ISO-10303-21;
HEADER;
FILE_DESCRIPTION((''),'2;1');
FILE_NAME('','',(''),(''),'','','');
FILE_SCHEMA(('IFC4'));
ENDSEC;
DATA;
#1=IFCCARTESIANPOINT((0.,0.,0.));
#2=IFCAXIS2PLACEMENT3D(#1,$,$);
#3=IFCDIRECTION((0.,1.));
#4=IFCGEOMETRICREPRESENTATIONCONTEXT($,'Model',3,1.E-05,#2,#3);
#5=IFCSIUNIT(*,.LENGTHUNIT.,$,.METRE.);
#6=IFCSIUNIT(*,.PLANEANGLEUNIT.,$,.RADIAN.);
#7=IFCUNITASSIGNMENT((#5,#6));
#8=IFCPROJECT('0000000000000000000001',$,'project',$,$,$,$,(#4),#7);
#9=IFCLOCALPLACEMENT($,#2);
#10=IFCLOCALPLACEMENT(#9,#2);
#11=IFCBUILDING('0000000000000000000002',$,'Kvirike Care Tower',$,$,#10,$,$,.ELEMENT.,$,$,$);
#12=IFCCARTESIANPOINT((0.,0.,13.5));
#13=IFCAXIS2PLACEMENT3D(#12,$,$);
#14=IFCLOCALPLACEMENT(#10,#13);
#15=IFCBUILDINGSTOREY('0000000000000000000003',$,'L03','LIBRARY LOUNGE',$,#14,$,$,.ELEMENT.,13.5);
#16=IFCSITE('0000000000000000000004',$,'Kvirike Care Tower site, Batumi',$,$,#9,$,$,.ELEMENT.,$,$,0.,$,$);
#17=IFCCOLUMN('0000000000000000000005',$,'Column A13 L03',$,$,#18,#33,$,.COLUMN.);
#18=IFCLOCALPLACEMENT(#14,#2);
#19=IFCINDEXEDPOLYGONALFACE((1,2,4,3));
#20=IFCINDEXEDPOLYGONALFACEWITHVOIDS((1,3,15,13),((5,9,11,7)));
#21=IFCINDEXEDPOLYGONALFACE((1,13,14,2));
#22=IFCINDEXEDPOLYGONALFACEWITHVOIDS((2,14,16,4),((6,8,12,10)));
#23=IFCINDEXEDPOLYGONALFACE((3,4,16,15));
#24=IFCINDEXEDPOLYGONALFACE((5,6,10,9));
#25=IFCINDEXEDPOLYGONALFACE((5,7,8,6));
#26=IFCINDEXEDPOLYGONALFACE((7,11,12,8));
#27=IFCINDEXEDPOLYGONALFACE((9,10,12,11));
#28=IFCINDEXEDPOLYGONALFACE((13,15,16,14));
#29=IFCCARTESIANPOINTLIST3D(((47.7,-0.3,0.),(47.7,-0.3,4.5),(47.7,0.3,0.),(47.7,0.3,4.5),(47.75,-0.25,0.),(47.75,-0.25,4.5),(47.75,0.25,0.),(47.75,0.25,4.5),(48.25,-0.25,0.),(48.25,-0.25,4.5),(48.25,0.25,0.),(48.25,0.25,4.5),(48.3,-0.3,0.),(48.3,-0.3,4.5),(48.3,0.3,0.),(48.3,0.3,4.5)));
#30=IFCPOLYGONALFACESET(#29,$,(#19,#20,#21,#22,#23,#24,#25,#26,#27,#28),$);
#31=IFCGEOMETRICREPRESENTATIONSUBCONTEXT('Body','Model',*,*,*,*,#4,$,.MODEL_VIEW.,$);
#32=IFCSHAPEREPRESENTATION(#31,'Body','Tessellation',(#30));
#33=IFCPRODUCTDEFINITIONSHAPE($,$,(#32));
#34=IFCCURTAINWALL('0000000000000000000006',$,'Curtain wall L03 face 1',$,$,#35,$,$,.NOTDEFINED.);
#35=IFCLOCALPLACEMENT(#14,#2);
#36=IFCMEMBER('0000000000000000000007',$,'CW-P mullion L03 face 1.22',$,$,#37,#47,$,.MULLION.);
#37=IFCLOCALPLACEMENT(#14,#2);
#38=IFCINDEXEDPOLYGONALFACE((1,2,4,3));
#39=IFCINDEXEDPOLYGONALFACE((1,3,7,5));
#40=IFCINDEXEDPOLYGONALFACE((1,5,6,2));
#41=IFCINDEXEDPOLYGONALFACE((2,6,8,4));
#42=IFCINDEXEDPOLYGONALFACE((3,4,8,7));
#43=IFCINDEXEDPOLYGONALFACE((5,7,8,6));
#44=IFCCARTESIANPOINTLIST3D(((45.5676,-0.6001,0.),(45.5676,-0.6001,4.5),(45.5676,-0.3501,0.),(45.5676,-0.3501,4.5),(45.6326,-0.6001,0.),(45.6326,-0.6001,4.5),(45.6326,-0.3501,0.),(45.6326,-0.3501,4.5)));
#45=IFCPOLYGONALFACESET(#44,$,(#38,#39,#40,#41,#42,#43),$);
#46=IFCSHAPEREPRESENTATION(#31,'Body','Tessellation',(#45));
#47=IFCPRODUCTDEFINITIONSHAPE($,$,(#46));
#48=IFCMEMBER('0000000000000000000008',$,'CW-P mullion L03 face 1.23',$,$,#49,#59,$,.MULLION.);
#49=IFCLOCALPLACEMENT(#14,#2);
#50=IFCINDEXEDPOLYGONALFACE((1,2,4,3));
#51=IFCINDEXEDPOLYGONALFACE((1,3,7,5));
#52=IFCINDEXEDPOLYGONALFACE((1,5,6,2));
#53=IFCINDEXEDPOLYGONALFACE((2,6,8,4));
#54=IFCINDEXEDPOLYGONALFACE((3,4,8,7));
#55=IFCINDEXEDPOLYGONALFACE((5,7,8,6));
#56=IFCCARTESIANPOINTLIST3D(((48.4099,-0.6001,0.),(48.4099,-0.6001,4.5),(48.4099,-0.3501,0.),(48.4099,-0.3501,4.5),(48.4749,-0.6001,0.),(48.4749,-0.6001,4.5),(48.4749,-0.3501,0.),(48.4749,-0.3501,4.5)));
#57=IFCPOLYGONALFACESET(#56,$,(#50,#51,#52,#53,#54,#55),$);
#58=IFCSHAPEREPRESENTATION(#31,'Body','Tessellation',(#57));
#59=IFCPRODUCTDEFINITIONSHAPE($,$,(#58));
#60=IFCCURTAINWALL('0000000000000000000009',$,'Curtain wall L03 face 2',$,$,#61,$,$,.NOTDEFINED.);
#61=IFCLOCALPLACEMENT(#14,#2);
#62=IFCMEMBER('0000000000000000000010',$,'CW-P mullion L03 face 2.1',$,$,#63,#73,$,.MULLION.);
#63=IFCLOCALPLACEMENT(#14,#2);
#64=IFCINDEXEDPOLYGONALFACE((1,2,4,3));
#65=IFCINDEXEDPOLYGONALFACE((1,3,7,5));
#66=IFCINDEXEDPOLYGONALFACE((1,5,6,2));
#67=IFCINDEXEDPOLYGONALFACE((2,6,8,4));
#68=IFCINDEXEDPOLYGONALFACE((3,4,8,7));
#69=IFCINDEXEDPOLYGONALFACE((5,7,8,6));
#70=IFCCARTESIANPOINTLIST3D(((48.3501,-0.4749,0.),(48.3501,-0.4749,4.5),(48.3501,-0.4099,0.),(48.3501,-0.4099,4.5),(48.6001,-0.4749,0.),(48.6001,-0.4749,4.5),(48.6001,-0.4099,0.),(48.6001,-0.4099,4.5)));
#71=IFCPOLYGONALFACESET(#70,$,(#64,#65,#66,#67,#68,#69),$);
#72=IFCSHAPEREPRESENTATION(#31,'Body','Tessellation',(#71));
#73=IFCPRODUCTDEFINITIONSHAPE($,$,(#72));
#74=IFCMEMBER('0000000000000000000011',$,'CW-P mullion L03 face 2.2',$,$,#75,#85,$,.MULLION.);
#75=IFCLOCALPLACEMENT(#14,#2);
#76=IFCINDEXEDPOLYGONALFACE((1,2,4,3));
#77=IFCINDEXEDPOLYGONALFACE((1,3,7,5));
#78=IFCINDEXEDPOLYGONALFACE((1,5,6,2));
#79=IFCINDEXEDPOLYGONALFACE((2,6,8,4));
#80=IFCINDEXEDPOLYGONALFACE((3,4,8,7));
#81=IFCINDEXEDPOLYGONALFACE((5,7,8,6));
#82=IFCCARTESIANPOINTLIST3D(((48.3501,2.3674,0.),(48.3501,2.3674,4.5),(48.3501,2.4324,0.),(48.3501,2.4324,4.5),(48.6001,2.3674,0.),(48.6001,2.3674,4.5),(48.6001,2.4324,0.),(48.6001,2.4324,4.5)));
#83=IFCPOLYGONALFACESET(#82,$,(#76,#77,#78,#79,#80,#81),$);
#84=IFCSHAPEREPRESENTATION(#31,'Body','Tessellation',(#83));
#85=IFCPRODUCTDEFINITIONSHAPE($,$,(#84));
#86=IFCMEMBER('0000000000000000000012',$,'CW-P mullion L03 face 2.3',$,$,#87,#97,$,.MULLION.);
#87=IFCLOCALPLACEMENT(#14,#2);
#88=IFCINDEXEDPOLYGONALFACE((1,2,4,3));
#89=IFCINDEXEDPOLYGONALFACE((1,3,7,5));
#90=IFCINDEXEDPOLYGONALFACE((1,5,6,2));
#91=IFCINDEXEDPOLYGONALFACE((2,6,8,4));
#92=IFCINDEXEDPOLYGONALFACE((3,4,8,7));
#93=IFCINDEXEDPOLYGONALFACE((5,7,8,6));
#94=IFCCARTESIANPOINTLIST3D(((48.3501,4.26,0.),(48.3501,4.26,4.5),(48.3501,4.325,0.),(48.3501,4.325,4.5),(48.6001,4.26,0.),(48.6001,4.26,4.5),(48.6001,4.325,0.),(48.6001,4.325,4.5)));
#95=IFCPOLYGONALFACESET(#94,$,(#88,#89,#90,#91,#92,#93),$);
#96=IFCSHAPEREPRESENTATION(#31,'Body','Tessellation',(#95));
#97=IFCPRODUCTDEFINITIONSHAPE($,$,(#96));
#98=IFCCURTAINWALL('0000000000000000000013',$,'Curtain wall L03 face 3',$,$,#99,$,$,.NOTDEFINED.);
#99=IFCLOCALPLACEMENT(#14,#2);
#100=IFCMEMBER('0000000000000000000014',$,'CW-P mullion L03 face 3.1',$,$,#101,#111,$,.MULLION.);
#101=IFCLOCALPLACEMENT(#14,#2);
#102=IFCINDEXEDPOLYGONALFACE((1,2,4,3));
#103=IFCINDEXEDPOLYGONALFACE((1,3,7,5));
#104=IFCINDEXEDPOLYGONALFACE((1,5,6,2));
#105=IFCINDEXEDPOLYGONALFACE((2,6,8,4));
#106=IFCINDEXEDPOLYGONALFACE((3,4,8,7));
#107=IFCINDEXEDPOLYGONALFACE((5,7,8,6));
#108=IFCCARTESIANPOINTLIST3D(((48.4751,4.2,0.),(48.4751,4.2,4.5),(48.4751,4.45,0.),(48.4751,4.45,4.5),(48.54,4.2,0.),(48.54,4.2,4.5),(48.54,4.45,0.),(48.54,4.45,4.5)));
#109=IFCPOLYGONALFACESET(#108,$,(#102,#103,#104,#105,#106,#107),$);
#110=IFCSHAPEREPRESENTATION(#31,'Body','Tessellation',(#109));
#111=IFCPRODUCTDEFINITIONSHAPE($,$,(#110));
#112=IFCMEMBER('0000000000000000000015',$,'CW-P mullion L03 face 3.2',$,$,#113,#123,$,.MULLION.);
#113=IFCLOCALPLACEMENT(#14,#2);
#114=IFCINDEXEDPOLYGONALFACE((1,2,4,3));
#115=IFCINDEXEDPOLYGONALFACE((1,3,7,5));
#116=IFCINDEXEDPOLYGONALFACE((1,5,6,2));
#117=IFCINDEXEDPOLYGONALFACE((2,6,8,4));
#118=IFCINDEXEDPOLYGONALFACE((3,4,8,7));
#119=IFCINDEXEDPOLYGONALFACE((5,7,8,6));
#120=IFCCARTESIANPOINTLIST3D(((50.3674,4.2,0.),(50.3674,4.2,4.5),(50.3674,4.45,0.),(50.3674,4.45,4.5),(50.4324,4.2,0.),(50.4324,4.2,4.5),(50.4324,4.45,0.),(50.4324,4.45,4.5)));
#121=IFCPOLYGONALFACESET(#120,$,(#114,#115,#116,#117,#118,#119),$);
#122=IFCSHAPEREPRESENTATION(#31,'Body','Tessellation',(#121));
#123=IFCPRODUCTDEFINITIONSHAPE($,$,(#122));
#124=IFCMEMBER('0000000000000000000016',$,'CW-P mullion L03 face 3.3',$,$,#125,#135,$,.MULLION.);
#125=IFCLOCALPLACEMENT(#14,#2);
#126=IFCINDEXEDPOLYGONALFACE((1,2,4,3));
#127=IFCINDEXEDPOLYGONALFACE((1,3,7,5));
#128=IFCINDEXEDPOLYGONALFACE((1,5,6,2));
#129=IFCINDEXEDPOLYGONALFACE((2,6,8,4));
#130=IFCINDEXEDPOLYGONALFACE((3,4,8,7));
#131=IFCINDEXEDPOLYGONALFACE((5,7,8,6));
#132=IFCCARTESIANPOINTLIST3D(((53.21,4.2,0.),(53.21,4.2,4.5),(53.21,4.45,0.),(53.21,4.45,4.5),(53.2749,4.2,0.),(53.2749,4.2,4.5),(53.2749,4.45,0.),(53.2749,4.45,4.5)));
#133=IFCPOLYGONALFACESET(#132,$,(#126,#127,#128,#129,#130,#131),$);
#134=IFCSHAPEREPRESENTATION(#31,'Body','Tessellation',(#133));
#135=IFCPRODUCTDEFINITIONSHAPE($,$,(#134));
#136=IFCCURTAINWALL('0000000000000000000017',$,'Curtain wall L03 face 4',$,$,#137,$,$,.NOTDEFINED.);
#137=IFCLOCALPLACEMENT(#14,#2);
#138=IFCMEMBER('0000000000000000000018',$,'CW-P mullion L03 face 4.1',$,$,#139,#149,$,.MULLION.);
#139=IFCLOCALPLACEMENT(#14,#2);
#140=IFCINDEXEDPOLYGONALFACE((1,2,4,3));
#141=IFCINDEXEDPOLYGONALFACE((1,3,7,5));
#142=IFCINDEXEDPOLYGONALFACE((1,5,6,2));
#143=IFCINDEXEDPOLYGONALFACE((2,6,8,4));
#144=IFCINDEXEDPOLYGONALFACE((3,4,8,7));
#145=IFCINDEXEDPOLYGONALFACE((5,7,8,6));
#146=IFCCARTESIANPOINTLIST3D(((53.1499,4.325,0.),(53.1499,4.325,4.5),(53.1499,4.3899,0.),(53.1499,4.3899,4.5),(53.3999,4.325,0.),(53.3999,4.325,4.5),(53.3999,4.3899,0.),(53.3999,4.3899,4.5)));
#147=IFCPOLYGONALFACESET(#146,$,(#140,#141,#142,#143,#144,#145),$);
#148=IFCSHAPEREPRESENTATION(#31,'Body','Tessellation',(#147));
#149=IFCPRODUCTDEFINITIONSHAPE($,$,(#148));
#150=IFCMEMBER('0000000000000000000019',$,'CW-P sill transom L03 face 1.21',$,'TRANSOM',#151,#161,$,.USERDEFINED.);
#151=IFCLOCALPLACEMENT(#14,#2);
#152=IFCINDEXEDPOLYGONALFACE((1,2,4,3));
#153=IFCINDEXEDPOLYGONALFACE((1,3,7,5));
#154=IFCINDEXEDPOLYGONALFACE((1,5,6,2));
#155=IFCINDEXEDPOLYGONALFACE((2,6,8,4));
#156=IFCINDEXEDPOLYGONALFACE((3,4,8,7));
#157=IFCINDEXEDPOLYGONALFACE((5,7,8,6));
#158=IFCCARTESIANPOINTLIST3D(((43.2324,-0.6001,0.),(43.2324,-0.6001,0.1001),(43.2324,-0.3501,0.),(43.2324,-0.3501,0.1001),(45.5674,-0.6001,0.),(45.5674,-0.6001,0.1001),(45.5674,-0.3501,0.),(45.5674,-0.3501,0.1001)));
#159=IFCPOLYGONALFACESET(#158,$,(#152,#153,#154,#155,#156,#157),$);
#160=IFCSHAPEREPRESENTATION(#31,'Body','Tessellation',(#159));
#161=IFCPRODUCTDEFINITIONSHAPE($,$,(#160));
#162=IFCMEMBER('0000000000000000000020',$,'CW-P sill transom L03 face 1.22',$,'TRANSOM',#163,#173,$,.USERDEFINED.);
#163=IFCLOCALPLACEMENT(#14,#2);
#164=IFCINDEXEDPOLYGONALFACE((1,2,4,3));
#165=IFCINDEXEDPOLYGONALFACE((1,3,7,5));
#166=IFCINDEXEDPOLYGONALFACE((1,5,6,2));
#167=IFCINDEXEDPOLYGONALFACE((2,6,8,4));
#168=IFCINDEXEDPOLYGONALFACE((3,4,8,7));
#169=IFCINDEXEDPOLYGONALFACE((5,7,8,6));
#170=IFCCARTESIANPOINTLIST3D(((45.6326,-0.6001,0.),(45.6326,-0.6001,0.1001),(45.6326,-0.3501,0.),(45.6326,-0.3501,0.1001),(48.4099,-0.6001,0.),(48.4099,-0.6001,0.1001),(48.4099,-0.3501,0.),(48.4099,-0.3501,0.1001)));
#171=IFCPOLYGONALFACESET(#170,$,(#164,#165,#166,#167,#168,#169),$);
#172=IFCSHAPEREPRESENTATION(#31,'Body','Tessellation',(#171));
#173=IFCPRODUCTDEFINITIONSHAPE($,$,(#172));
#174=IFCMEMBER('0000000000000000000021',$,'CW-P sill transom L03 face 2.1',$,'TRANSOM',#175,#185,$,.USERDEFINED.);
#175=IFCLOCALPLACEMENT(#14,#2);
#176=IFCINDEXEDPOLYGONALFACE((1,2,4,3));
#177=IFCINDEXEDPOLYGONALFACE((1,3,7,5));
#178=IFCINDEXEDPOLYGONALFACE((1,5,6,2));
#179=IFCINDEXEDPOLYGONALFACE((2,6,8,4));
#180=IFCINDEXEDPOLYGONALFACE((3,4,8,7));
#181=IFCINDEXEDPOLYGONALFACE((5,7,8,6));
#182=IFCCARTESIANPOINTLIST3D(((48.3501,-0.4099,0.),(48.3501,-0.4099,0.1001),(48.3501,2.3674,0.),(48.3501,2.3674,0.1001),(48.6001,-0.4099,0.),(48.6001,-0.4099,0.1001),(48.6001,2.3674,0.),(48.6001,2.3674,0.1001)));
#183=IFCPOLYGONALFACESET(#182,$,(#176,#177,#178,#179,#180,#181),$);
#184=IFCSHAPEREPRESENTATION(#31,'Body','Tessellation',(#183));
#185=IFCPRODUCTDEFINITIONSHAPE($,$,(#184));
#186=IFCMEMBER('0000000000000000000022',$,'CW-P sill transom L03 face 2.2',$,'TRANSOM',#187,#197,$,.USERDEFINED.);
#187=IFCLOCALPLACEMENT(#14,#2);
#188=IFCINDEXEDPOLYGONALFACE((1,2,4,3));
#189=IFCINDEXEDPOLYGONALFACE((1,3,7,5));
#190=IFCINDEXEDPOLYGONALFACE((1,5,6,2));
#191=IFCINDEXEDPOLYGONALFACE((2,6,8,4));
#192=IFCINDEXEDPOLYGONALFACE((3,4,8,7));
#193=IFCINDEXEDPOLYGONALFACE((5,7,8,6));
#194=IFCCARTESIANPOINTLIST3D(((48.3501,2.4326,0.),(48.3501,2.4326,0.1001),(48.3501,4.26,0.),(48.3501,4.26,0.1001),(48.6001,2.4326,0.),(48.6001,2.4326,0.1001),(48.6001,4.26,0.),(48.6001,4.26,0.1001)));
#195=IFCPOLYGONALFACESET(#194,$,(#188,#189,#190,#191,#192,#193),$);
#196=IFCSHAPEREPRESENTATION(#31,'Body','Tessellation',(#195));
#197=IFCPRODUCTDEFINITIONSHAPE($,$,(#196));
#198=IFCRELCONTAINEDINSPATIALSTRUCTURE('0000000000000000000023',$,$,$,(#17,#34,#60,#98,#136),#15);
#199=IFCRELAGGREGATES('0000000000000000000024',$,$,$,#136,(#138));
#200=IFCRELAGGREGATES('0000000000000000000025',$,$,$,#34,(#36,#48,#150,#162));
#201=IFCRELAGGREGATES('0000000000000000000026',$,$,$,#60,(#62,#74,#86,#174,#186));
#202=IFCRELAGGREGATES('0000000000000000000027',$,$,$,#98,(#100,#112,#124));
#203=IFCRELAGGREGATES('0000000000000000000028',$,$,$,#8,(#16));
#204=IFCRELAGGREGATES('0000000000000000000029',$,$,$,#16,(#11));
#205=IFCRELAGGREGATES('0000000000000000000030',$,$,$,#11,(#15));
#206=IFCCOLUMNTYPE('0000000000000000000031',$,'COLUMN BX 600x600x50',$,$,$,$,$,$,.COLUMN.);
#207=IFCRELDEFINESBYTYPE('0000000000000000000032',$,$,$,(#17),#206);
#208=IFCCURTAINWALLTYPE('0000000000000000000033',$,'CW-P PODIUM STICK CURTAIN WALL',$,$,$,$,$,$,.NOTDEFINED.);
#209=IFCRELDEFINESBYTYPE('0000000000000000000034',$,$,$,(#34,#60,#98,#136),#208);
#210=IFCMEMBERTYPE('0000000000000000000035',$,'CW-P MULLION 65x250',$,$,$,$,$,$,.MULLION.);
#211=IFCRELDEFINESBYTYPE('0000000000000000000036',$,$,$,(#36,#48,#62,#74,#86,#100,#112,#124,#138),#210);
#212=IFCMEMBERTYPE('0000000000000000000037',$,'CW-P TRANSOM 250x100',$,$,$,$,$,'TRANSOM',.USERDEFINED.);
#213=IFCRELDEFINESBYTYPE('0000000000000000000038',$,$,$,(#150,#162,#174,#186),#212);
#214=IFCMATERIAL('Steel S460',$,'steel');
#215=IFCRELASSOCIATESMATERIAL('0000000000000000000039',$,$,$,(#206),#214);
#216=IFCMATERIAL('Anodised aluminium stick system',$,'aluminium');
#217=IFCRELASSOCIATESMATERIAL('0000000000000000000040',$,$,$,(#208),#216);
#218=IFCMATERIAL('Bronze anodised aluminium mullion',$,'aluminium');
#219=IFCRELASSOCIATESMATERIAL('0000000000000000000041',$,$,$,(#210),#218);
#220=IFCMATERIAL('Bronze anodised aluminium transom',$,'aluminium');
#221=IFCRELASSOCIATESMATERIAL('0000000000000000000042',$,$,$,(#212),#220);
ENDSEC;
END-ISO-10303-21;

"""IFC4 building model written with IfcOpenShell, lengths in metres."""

from ifc_helpers import new_model, si_unit, direction, frame, origin, origin_2d, place, context, subcontext, project, spatial, rectangle, hollow_rectangle, extrude, material, material_profile, profile_set, type_object, element, aggregate, save


model = new_model("IFC4")

# Units and contexts
model_context = context("Model", 3, precision=1e-05, world=origin(), true_north=direction((0.0, 1.0)))
body_context = subcontext(model_context, "Body", "Model", "MODEL_VIEW")
ifc_project = project(units=[si_unit("LENGTHUNIT", "METRE"), si_unit("PLANEANGLEUNIT", "RADIAN")], contexts=[model_context])

# Site, building, storey
site_placement = place(None, origin())
site = spatial("IfcSite", under=ifc_project, at=site_placement, Name="Kvirike Care Tower site, Batumi", CompositionType="ELEMENT", RefElevation=0.0)
building_placement = place(site_placement, origin())
building = spatial("IfcBuilding", under=site, at=building_placement, Name="Kvirike Care Tower", CompositionType="ELEMENT")
storey_placement = place(building_placement, frame((0.0, 0.0, 13.5)))
storey = spatial("IfcBuildingStorey", under=building, at=storey_placement, Name="L03", Description="LIBRARY LOUNGE", CompositionType="ELEMENT", Elevation=13.5)

# Column
ifc_material_1 = material(Name="Steel S460", Category="steel")
ifc_material_profile_1 = material_profile(ifc_material_1, hollow_rectangle(XDim=0.6001, YDim=0.6001, WallThickness=0.05, at=origin_2d()), Name="BX 600x600x50")
ifc_profile_set_1 = profile_set([ifc_material_profile_1], Name="Steel S460")
column_type = type_object("IfcColumnType", Name="COLUMN BX 600x600x50", PredefinedType="COLUMN", material=ifc_profile_set_1)
column_placement = place(storey_placement, frame((48.0, 0.0, 0.0), z_axis=(0.0, 0.0, 1.0), x_axis=(0.0, 1.0, 0.0)))
element("IfcColumn", 1, at=column_placement, inside=storey, type_object=column_type, Name="Column A13 L03", PredefinedType="COLUMN", context=body_context, shape_type="SweptSolid", body=[
    extrude(hollow_rectangle(XDim=0.6001, YDim=0.6001, WallThickness=0.05, at=origin_2d()), origin(), (0.0, 0.0, 1.0), 4.5),
])

# Curtain walls, members
ifc_material_2 = material(Name="Anodised aluminium stick system", Category="aluminium")
curtain_wall_type = type_object("IfcCurtainWallType", Name="CW-P PODIUM STICK CURTAIN WALL", PredefinedType="NOTDEFINED", material=ifc_material_2)
curtain_wall_1_placement = place(storey_placement, origin())
curtain_wall_1 = element("IfcCurtainWall", 2, at=curtain_wall_1_placement, inside=storey, type_object=curtain_wall_type, Name="Curtain wall L03 face 1", PredefinedType="NOTDEFINED")
ifc_material_3 = material(Name="Bronze anodised aluminium mullion", Category="aluminium")
ifc_material_profile_2 = material_profile(ifc_material_3, rectangle(XDim=0.0649, YDim=0.25, at=origin_2d()), Name="CW-P MULLION 65x250")
ifc_profile_set_2 = profile_set([ifc_material_profile_2], Name="Bronze anodised aluminium mullion")
member_type_1 = type_object("IfcMemberType", Name="CW-P MULLION 65x250", PredefinedType="MULLION", material=ifc_profile_set_2)
member_1_placement = place(storey_placement, frame((45.6001, -0.4751, 0.0), z_axis=(0.0, 0.0, 1.0), x_axis=(1.0, 0.0, 0.0)))
member_1 = element("IfcMember", 3, at=member_1_placement, type_object=member_type_1, Name="CW-P mullion L03 face 1.22", PredefinedType="MULLION", context=body_context, shape_type="SweptSolid", body=[
    extrude(rectangle(XDim=0.0649, YDim=0.25, at=origin_2d()), origin(), (0.0, 0.0, 1.0), 4.5),
])
member_2_placement = place(storey_placement, frame((48.4424, -0.4751, 0.0), z_axis=(0.0, 0.0, 1.0), x_axis=(1.0, 0.0, 0.0)))
member_2 = element("IfcMember", 4, at=member_2_placement, type_object=member_type_1, Name="CW-P mullion L03 face 1.23", PredefinedType="MULLION", context=body_context, shape_type="SweptSolid", body=[
    extrude(rectangle(XDim=0.0649, YDim=0.25, at=origin_2d()), origin(), (0.0, 0.0, 1.0), 4.5),
])
curtain_wall_2_placement = place(storey_placement, origin())
curtain_wall_2 = element("IfcCurtainWall", 5, at=curtain_wall_2_placement, inside=storey, type_object=curtain_wall_type, Name="Curtain wall L03 face 2", PredefinedType="NOTDEFINED")
member_3_placement = place(storey_placement, frame((48.4751, -0.4424, 0.0), z_axis=(0.0, 0.0, 1.0), x_axis=(0.0, 1.0, 0.0)))
member_3 = element("IfcMember", 6, at=member_3_placement, type_object=member_type_1, Name="CW-P mullion L03 face 2.1", PredefinedType="MULLION", context=body_context, shape_type="SweptSolid", body=[
    extrude(rectangle(XDim=0.0649, YDim=0.25, at=origin_2d()), origin(), (0.0, 0.0, 1.0), 4.5),
])
member_4_placement = place(storey_placement, frame((48.4751, 2.3999, 0.0), z_axis=(0.0, 0.0, 1.0), x_axis=(0.0, 1.0, 0.0)))
member_4 = element("IfcMember", 7, at=member_4_placement, type_object=member_type_1, Name="CW-P mullion L03 face 2.2", PredefinedType="MULLION", context=body_context, shape_type="SweptSolid", body=[
    extrude(rectangle(XDim=0.0649, YDim=0.25, at=origin_2d()), origin(), (0.0, 0.0, 1.0), 4.5),
])
member_5_placement = place(storey_placement, frame((48.4751, 4.2925, 0.0), z_axis=(0.0, 0.0, 1.0), x_axis=(0.0, 1.0, 0.0)))
member_5 = element("IfcMember", 8, at=member_5_placement, type_object=member_type_1, Name="CW-P mullion L03 face 2.3", PredefinedType="MULLION", context=body_context, shape_type="SweptSolid", body=[
    extrude(rectangle(XDim=0.0649, YDim=0.25, at=origin_2d()), origin(), (0.0, 0.0, 1.0), 4.5),
])
curtain_wall_3_placement = place(storey_placement, origin())
curtain_wall_3 = element("IfcCurtainWall", 9, at=curtain_wall_3_placement, inside=storey, type_object=curtain_wall_type, Name="Curtain wall L03 face 3", PredefinedType="NOTDEFINED")
member_6_placement = place(storey_placement, frame((48.5076, 4.325, 0.0), z_axis=(0.0, 0.0, 1.0), x_axis=(1.0, 0.0, 0.0)))
member_6 = element("IfcMember", 10, at=member_6_placement, type_object=member_type_1, Name="CW-P mullion L03 face 3.1", PredefinedType="MULLION", context=body_context, shape_type="SweptSolid", body=[
    extrude(rectangle(XDim=0.0649, YDim=0.25, at=origin_2d()), origin(), (0.0, 0.0, 1.0), 4.5),
])
member_7_placement = place(storey_placement, frame((50.3999, 4.325, 0.0), z_axis=(0.0, 0.0, 1.0), x_axis=(1.0, 0.0, 0.0)))
member_7 = element("IfcMember", 11, at=member_7_placement, type_object=member_type_1, Name="CW-P mullion L03 face 3.2", PredefinedType="MULLION", context=body_context, shape_type="SweptSolid", body=[
    extrude(rectangle(XDim=0.0649, YDim=0.25, at=origin_2d()), origin(), (0.0, 0.0, 1.0), 4.5),
])
member_8_placement = place(storey_placement, frame((53.2424, 4.325, 0.0), z_axis=(0.0, 0.0, 1.0), x_axis=(1.0, 0.0, 0.0)))
member_8 = element("IfcMember", 12, at=member_8_placement, type_object=member_type_1, Name="CW-P mullion L03 face 3.3", PredefinedType="MULLION", context=body_context, shape_type="SweptSolid", body=[
    extrude(rectangle(XDim=0.0649, YDim=0.25, at=origin_2d()), origin(), (0.0, 0.0, 1.0), 4.5),
])

# Curtain wall, member
curtain_wall_4_placement = place(storey_placement, origin())
curtain_wall_4 = element("IfcCurtainWall", 13, at=curtain_wall_4_placement, inside=storey, type_object=curtain_wall_type, Name="Curtain wall L03 face 4", PredefinedType="NOTDEFINED")
member_9_placement = place(storey_placement, frame((53.2749, 4.3574, 0.0), z_axis=(0.0, 0.0, 1.0), x_axis=(0.0, 1.0, 0.0)))
member_9 = element("IfcMember", 14, at=member_9_placement, type_object=member_type_1, Name="CW-P mullion L03 face 4.1", PredefinedType="MULLION", context=body_context, shape_type="SweptSolid", body=[
    extrude(rectangle(XDim=0.0649, YDim=0.25, at=origin_2d()), origin(), (0.0, 0.0, 1.0), 4.5),
])

# Members
ifc_material_4 = material(Name="Bronze anodised aluminium transom", Category="aluminium")
ifc_material_profile_3 = material_profile(ifc_material_4, rectangle(XDim=0.25, YDim=0.1001, at=origin_2d()), Name="CW-P TRANSOM 250x100")
ifc_profile_set_3 = profile_set([ifc_material_profile_3], Name="Bronze anodised aluminium transom")
member_type_2 = type_object("IfcMemberType", Name="CW-P TRANSOM 250x100", ElementType="TRANSOM", PredefinedType="USERDEFINED", material=ifc_profile_set_3)
member_10_placement = place(storey_placement, frame((43.2324, -0.4751, 0.05), z_axis=(1.0, 0.0, 0.0), x_axis=(0.0, 1.0, 0.0)))
member_10 = element("IfcMember", 15, at=member_10_placement, type_object=member_type_2, Name="CW-P sill transom L03 face 1.21", ObjectType="TRANSOM", PredefinedType="USERDEFINED", context=body_context, shape_type="SweptSolid", body=[
    extrude(rectangle(XDim=0.25, YDim=0.1001, at=origin_2d()), origin(), (0.0, 0.0, 1.0), 2.335),
])
member_11_placement = place(storey_placement, frame((45.6326, -0.4751, 0.05), z_axis=(1.0, 0.0, 0.0), x_axis=(0.0, 1.0, 0.0)))
member_11 = element("IfcMember", 16, at=member_11_placement, type_object=member_type_2, Name="CW-P sill transom L03 face 1.22", ObjectType="TRANSOM", PredefinedType="USERDEFINED", context=body_context, shape_type="SweptSolid", body=[
    extrude(rectangle(XDim=0.25, YDim=0.1001, at=origin_2d()), origin(), (0.0, 0.0, 1.0), 2.7773),
])
member_12_placement = place(storey_placement, frame((48.4751, -0.4099, 0.05), z_axis=(0.0, 1.0, 0.0), x_axis=(-1.0, 0.0, 0.0)))
member_12 = element("IfcMember", 17, at=member_12_placement, type_object=member_type_2, Name="CW-P sill transom L03 face 2.1", ObjectType="TRANSOM", PredefinedType="USERDEFINED", context=body_context, shape_type="SweptSolid", body=[
    extrude(rectangle(XDim=0.25, YDim=0.1001, at=origin_2d()), origin(), (0.0, 0.0, 1.0), 2.7773),
])
member_13_placement = place(storey_placement, frame((48.4751, 2.4326, 0.05), z_axis=(0.0, 1.0, 0.0), x_axis=(-1.0, 0.0, 0.0)))
member_13 = element("IfcMember", 18, at=member_13_placement, type_object=member_type_2, Name="CW-P sill transom L03 face 2.2", ObjectType="TRANSOM", PredefinedType="USERDEFINED", context=body_context, shape_type="SweptSolid", body=[
    extrude(rectangle(XDim=0.25, YDim=0.1001, at=origin_2d()), origin(), (0.0, 0.0, 1.0), 1.8274),
])
aggregate(curtain_wall_4, [member_9])

aggregate(curtain_wall_1, [member_1, member_2, member_10, member_11])
aggregate(curtain_wall_2, [member_3, member_4, member_5, member_12, member_13])
aggregate(curtain_wall_3, [member_6, member_7, member_8])

save(model, "model.ifc")
